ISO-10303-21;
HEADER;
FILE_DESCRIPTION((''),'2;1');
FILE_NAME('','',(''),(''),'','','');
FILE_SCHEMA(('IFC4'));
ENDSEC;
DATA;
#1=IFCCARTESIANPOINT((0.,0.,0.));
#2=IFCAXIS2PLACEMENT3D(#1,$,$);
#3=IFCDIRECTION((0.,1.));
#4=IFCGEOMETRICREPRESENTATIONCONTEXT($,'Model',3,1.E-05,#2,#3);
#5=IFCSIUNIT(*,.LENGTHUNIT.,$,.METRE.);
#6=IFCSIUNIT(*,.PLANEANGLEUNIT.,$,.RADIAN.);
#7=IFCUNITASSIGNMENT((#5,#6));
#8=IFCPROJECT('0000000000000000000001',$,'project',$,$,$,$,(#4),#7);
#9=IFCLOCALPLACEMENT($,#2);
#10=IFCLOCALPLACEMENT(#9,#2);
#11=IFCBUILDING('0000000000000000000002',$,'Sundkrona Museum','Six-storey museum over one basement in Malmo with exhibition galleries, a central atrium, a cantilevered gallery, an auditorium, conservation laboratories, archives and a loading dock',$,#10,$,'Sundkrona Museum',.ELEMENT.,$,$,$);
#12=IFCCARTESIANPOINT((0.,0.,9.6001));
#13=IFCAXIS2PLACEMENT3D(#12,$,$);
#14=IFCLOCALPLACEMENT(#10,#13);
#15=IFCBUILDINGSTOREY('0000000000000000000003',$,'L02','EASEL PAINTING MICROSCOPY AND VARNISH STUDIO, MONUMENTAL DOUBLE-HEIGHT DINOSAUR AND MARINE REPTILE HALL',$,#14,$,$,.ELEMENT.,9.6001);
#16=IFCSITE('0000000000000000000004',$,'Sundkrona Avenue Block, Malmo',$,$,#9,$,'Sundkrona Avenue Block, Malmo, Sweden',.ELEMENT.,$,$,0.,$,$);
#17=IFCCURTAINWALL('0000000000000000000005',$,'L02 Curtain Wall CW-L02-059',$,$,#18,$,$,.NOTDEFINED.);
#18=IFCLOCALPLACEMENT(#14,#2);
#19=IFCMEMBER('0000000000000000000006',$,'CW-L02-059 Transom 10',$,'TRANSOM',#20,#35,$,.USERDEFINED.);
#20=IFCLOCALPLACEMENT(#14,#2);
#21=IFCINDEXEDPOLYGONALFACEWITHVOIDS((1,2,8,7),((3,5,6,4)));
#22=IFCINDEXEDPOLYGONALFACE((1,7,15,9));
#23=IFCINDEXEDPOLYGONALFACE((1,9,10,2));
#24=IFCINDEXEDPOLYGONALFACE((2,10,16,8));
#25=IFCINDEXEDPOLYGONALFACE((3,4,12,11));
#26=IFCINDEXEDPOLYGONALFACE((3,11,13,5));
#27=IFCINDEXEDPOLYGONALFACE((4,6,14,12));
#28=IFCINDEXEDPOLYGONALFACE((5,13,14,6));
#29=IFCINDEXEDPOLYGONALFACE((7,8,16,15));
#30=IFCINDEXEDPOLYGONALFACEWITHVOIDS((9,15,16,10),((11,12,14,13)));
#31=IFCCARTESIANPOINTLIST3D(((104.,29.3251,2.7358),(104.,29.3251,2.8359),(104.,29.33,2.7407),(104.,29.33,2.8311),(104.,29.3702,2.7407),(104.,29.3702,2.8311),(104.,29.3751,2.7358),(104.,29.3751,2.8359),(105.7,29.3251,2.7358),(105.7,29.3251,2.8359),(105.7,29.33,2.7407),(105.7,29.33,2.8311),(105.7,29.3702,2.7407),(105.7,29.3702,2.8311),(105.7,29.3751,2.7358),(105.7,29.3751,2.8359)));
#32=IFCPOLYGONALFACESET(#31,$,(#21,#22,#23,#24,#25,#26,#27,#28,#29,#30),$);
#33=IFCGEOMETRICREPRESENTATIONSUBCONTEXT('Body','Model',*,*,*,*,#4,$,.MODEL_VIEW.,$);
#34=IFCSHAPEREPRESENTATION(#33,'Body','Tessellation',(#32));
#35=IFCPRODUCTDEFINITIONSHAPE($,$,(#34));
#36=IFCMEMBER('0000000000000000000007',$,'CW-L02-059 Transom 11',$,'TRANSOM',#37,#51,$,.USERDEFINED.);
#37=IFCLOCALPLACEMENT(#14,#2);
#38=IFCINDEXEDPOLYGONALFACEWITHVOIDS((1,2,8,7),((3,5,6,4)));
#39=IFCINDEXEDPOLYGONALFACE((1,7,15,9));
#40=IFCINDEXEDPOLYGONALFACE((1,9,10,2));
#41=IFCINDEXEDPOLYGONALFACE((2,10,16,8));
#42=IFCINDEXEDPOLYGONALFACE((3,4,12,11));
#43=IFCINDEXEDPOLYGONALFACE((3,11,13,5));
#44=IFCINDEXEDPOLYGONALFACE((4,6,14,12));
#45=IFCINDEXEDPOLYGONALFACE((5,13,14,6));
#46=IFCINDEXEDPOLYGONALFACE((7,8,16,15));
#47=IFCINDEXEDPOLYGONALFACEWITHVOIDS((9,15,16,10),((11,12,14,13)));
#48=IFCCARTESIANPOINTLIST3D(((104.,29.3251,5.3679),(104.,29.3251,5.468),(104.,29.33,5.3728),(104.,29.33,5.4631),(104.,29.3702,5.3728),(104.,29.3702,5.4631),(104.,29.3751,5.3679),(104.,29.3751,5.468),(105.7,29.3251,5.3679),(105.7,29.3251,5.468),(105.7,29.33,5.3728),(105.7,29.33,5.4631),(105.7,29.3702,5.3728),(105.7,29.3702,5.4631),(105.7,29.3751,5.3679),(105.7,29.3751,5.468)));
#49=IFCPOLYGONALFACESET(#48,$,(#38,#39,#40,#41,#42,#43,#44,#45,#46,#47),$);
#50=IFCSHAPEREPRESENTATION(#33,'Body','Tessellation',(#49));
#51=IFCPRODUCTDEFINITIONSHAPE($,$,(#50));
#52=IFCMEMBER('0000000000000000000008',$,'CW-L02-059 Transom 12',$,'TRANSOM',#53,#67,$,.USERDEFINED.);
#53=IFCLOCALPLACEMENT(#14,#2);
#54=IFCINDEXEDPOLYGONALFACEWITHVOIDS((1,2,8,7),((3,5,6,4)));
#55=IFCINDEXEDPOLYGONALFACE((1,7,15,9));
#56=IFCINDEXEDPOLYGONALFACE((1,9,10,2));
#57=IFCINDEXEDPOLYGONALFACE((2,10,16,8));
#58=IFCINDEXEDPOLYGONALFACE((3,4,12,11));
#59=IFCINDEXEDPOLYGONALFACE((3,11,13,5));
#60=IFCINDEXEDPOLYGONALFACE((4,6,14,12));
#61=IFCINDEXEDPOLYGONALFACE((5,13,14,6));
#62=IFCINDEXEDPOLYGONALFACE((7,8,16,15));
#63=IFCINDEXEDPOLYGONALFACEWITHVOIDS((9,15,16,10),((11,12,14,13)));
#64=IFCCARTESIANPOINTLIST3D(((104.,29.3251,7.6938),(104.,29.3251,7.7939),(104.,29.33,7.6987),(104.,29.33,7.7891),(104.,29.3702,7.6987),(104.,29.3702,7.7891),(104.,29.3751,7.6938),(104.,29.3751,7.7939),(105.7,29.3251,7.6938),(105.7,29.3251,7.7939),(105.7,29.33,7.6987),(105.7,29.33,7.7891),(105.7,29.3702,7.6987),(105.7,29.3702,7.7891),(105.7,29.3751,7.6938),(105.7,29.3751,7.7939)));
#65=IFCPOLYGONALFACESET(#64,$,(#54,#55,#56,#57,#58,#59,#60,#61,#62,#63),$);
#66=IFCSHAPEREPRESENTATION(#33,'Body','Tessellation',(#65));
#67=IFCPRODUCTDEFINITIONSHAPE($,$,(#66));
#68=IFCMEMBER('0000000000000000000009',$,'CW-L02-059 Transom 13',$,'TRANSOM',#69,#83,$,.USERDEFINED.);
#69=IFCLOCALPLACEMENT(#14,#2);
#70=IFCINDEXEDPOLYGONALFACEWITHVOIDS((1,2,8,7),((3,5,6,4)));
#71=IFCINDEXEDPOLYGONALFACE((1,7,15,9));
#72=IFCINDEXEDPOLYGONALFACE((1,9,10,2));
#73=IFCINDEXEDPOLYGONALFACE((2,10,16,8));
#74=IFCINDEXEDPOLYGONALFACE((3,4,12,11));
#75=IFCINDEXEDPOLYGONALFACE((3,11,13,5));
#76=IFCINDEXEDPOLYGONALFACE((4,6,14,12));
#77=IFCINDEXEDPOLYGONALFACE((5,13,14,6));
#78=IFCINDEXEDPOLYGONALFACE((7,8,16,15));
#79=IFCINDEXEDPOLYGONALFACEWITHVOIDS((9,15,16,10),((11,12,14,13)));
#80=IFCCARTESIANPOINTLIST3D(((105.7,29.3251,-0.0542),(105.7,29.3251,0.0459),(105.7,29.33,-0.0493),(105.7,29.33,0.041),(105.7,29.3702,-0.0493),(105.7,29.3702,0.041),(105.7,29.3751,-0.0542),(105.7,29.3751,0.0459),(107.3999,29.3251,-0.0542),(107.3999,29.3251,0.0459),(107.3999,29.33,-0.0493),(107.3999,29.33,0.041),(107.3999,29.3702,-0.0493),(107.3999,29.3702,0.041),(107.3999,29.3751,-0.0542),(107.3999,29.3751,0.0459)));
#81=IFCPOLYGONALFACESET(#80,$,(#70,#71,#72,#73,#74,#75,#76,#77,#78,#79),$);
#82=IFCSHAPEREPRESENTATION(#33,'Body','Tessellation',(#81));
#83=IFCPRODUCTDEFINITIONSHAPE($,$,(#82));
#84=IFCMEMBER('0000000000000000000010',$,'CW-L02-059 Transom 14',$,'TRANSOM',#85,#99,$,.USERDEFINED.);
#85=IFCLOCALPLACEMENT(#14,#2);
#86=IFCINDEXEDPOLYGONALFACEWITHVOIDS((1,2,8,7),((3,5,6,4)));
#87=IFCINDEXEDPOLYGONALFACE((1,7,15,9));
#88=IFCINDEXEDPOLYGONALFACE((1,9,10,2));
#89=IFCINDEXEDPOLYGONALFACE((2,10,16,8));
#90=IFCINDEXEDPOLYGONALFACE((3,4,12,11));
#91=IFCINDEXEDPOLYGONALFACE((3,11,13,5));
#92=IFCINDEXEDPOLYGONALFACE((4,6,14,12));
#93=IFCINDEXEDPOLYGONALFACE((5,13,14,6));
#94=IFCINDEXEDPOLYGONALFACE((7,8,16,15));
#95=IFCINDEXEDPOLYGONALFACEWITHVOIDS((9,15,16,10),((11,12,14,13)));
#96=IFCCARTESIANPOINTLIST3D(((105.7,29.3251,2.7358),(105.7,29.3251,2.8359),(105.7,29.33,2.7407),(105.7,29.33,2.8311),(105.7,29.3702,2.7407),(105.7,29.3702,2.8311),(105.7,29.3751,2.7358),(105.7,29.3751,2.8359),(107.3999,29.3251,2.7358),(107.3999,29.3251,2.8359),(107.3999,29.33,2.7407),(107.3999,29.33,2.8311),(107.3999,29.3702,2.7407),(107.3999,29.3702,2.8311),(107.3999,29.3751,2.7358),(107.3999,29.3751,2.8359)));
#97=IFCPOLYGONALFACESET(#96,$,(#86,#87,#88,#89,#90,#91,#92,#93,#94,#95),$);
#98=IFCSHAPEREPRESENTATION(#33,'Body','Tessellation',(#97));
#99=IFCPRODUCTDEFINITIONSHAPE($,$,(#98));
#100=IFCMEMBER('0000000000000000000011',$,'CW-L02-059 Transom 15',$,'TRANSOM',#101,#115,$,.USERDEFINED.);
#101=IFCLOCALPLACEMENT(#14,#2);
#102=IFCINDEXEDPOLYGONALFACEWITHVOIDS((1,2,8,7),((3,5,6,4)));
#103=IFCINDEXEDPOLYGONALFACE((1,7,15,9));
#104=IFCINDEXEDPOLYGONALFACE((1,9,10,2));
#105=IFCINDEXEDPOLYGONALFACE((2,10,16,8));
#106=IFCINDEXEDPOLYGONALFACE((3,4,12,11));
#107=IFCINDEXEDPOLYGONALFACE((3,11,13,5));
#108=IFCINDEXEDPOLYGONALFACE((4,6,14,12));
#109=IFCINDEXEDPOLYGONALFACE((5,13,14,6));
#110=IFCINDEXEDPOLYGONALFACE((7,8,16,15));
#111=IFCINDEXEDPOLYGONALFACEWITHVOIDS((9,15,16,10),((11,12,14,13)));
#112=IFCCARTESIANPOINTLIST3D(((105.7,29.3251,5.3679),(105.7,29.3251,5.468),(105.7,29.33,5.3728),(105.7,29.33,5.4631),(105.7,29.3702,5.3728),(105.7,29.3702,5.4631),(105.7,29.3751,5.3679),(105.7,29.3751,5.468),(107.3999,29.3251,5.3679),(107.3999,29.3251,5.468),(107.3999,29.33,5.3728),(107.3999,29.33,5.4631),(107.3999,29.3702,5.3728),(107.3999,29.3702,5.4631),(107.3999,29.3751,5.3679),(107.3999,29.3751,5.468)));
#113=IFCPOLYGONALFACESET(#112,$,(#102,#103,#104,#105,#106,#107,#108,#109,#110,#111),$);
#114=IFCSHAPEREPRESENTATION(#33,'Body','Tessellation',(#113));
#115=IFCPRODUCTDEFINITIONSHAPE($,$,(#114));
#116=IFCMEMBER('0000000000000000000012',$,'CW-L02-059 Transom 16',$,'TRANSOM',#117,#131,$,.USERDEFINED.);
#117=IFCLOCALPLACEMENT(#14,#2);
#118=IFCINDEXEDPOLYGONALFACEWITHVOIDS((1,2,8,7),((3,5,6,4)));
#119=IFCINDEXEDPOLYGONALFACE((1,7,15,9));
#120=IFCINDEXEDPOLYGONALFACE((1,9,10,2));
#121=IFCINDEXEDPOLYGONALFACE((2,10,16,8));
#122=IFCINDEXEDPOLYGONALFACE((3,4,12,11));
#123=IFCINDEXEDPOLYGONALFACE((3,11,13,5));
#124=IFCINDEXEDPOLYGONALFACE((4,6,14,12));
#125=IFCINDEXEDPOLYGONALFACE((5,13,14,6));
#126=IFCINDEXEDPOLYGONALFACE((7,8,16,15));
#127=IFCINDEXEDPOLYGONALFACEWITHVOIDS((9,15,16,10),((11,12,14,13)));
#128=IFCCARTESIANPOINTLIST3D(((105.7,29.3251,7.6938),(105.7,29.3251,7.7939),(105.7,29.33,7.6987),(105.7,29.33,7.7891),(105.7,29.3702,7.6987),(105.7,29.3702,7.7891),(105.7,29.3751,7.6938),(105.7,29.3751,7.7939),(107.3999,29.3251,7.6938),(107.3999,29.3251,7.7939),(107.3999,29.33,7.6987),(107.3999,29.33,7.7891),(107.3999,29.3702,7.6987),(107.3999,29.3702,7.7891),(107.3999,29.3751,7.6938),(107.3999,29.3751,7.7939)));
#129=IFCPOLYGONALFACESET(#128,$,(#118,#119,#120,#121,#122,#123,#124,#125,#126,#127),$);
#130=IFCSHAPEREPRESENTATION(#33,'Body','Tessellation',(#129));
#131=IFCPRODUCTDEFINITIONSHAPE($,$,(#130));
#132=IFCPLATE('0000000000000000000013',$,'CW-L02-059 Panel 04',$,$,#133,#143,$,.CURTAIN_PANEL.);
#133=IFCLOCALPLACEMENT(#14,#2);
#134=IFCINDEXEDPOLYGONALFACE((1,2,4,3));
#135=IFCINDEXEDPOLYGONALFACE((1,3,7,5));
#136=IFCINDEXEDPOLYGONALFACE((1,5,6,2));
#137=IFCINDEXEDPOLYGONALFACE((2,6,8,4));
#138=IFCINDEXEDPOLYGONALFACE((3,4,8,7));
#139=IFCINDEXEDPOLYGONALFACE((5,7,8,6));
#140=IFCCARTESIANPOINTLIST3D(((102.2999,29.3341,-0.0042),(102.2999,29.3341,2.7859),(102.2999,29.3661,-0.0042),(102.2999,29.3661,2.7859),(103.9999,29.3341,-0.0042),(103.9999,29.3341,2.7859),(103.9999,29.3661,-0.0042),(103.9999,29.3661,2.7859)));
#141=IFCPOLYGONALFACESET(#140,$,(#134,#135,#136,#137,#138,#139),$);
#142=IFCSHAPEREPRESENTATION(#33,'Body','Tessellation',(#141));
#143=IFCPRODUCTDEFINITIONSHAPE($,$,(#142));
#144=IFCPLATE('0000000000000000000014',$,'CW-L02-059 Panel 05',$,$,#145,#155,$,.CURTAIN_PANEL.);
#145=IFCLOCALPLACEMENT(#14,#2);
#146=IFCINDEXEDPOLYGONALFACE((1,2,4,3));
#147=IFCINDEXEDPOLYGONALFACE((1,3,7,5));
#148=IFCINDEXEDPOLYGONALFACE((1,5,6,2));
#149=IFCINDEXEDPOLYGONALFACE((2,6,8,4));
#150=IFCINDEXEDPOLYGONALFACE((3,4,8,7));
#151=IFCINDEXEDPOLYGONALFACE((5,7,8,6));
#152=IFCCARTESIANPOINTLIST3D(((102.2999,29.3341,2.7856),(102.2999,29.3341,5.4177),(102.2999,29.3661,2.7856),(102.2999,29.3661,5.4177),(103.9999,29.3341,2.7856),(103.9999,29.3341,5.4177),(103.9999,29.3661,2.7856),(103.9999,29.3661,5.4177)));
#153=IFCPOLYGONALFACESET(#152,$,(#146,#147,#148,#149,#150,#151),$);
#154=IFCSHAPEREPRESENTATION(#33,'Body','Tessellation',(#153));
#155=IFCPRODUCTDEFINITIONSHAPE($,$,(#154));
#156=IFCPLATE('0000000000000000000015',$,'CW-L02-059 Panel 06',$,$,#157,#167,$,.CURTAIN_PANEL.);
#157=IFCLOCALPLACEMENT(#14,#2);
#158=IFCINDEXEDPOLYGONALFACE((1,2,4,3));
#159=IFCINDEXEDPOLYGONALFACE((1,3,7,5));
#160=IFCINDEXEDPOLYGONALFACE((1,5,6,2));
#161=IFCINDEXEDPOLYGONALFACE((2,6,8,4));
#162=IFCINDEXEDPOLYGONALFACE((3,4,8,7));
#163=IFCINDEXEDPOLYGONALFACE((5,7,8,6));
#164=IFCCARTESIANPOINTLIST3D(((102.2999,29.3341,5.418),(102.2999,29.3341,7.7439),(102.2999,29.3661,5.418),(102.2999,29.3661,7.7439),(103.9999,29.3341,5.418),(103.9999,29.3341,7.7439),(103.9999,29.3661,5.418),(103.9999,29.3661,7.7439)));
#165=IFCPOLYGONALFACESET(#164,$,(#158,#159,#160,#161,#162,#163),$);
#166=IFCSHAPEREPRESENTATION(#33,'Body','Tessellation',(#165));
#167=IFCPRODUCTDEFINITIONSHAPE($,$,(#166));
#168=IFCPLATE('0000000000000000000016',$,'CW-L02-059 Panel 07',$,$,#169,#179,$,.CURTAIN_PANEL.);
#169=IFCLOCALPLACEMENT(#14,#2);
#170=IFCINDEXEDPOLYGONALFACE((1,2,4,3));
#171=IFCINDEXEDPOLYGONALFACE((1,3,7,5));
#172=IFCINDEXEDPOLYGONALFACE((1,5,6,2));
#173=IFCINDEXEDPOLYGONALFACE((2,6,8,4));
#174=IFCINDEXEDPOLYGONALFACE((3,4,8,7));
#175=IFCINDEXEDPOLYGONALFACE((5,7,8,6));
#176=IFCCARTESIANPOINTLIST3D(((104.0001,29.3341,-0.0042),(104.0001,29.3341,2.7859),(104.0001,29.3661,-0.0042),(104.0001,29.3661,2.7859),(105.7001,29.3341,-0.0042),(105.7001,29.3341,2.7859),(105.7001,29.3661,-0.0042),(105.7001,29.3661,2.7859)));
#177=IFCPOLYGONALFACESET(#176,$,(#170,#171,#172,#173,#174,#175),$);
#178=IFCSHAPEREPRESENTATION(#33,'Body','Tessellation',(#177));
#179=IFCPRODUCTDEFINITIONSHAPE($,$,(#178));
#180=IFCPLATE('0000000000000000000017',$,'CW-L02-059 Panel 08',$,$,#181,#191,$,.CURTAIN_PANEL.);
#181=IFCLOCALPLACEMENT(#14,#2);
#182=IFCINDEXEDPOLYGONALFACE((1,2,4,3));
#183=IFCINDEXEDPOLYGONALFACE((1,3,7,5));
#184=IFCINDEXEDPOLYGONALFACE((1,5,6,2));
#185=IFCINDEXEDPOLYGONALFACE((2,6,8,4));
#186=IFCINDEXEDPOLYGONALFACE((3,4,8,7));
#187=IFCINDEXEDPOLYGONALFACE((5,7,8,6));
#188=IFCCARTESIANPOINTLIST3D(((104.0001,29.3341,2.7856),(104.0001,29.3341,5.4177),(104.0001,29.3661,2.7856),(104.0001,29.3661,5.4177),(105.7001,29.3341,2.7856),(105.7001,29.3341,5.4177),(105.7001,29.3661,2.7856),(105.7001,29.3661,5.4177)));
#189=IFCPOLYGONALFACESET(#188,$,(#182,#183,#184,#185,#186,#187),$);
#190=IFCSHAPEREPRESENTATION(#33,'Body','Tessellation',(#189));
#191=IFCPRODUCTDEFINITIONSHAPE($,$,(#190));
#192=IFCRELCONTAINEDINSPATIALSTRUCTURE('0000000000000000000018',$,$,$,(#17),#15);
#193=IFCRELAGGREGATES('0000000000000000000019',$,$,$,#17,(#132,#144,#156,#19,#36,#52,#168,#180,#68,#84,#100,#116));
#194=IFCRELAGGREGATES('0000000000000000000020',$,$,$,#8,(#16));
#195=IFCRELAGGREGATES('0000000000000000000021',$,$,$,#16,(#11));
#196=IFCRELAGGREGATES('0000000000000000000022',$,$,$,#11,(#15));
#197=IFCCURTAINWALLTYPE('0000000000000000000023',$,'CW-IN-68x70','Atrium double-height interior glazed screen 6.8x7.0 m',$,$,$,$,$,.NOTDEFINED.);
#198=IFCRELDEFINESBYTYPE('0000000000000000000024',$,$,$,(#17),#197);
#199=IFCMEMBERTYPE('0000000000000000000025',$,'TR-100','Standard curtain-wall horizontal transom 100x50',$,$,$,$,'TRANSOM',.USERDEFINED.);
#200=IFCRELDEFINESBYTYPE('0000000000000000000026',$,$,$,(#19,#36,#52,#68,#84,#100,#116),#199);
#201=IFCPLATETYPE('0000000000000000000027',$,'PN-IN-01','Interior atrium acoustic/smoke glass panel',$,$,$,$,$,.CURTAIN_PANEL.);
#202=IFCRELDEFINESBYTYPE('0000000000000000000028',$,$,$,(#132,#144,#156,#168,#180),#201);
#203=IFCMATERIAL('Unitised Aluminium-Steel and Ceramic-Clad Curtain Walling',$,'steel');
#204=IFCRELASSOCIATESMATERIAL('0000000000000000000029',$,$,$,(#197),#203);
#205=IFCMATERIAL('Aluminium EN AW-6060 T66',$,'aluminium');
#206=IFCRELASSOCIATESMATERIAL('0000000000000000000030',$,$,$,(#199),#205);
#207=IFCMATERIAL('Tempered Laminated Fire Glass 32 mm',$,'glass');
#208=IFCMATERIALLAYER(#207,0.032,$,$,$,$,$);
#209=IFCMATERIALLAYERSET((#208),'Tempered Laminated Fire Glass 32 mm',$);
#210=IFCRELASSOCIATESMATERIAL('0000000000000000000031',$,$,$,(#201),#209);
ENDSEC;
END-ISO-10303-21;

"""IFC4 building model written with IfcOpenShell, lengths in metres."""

from ifc_helpers import new_model, si_unit, direction, frame, origin, origin_2d, place, context, subcontext, project, spatial, rectangle, hollow_rectangle, extrude, material, layer, layer_set, material_profile, profile_set, type_object, element, aggregate, save


model = new_model("IFC4")

# Units and contexts
model_context = context("Model", 3, precision=1e-05, world=origin(), true_north=direction((0.0, 1.0)))
body_context = subcontext(model_context, "Body", "Model", "MODEL_VIEW")
ifc_project = project(units=[si_unit("LENGTHUNIT", "METRE"), si_unit("PLANEANGLEUNIT", "RADIAN")], contexts=[model_context])

# Site, building, storey
site_placement = place(None, origin())
site = spatial("IfcSite", under=ifc_project, at=site_placement, Name="Sundkrona Avenue Block, Malmo", LongName="Sundkrona Avenue Block, Malmo, Sweden", CompositionType="ELEMENT", RefElevation=0.0)
building_placement = place(site_placement, origin())
building = spatial("IfcBuilding", under=site, at=building_placement, Name="Sundkrona Museum", Description="Six-storey museum over one basement in Malmo with exhibition galleries, a central atrium, a cantilevered gallery, an auditorium, conservation laboratories, archives and a loading dock", LongName="Sundkrona Museum", CompositionType="ELEMENT")
storey_placement = place(building_placement, frame((0.0, 0.0, 9.6001)))
storey = spatial("IfcBuildingStorey", under=building, at=storey_placement, Name="L02", Description="EASEL PAINTING MICROSCOPY AND VARNISH STUDIO, MONUMENTAL DOUBLE-HEIGHT DINOSAUR AND MARINE REPTILE HALL", CompositionType="ELEMENT", Elevation=9.6001)

# Curtain wall, members, plates
ifc_material_1 = material(Name="Unitised Aluminium-Steel and Ceramic-Clad Curtain Walling", Category="steel")
curtain_wall_type = type_object("IfcCurtainWallType", Name="CW-IN-68x70", Description="Atrium double-height interior glazed screen 6.8x7.0 m", PredefinedType="NOTDEFINED", material=ifc_material_1)
curtain_wall_placement = place(storey_placement, origin())
curtain_wall = element("IfcCurtainWall", 1, at=curtain_wall_placement, inside=storey, type_object=curtain_wall_type, Name="L02 Curtain Wall CW-L02-059", PredefinedType="NOTDEFINED")
ifc_material_2 = material(Name="Aluminium EN AW-6060 T66", Category="aluminium")
ifc_material_profile_1 = material_profile(ifc_material_2, hollow_rectangle(XDim=0.05, YDim=0.1001, WallThickness=0.0049, at=origin_2d()), Name="RHS 100x50x5.0")
ifc_profile_set_1 = profile_set([ifc_material_profile_1], Name="Aluminium EN AW-6060 T66")
member_type_1 = type_object("IfcMemberType", Name="TR-100", Description="Standard curtain-wall horizontal transom 100x50", ElementType="TRANSOM", PredefinedType="USERDEFINED", material=ifc_profile_set_1)
member_1_placement = place(storey_placement, frame((104.0, 29.3501, 2.7859), z_axis=(1.0, 0.0, 0.0), x_axis=(0.0, 1.0, 0.0)))
member_1 = element("IfcMember", 2, at=member_1_placement, type_object=member_type_1, Name="CW-L02-059 Transom 10", ObjectType="TRANSOM", PredefinedType="USERDEFINED", context=body_context, shape_type="SweptSolid", body=[
    extrude(hollow_rectangle(XDim=0.05, YDim=0.1001, WallThickness=0.0049, at=origin_2d()), origin(), (0.0, 0.0, 1.0), 1.7),
])
member_2_placement = place(storey_placement, frame((104.0, 29.3501, 5.418), z_axis=(1.0, 0.0, 0.0), x_axis=(0.0, 1.0, 0.0)))
member_2 = element("IfcMember", 3, at=member_2_placement, type_object=member_type_1, Name="CW-L02-059 Transom 11", ObjectType="TRANSOM", PredefinedType="USERDEFINED", context=body_context, shape_type="SweptSolid", body=[
    extrude(hollow_rectangle(XDim=0.05, YDim=0.1001, WallThickness=0.0049, at=origin_2d()), origin(), (0.0, 0.0, 1.0), 1.7),
])
member_3_placement = place(storey_placement, frame((104.0, 29.3501, 7.7439), z_axis=(1.0, 0.0, 0.0), x_axis=(0.0, 1.0, 0.0)))
member_3 = element("IfcMember", 4, at=member_3_placement, type_object=member_type_1, Name="CW-L02-059 Transom 12", ObjectType="TRANSOM", PredefinedType="USERDEFINED", context=body_context, shape_type="SweptSolid", body=[
    extrude(hollow_rectangle(XDim=0.05, YDim=0.1001, WallThickness=0.0049, at=origin_2d()), origin(), (0.0, 0.0, 1.0), 1.7),
])
member_4_placement = place(storey_placement, frame((105.7, 29.3501, -0.0042), z_axis=(1.0, 0.0, 0.0), x_axis=(0.0, 1.0, 0.0)))
member_4 = element("IfcMember", 5, at=member_4_placement, type_object=member_type_1, Name="CW-L02-059 Transom 13", ObjectType="TRANSOM", PredefinedType="USERDEFINED", context=body_context, shape_type="SweptSolid", body=[
    extrude(hollow_rectangle(XDim=0.05, YDim=0.1001, WallThickness=0.0049, at=origin_2d()), origin(), (0.0, 0.0, 1.0), 1.7),
])
member_5_placement = place(storey_placement, frame((105.7, 29.3501, 2.7859), z_axis=(1.0, 0.0, 0.0), x_axis=(0.0, 1.0, 0.0)))
member_5 = element("IfcMember", 6, at=member_5_placement, type_object=member_type_1, Name="CW-L02-059 Transom 14", ObjectType="TRANSOM", PredefinedType="USERDEFINED", context=body_context, shape_type="SweptSolid", body=[
    extrude(hollow_rectangle(XDim=0.05, YDim=0.1001, WallThickness=0.0049, at=origin_2d()), origin(), (0.0, 0.0, 1.0), 1.7),
])
member_6_placement = place(storey_placement, frame((105.7, 29.3501, 5.418), z_axis=(1.0, 0.0, 0.0), x_axis=(0.0, 1.0, 0.0)))
member_6 = element("IfcMember", 7, at=member_6_placement, type_object=member_type_1, Name="CW-L02-059 Transom 15", ObjectType="TRANSOM", PredefinedType="USERDEFINED", context=body_context, shape_type="SweptSolid", body=[
    extrude(hollow_rectangle(XDim=0.05, YDim=0.1001, WallThickness=0.0049, at=origin_2d()), origin(), (0.0, 0.0, 1.0), 1.7),
])
member_7_placement = place(storey_placement, frame((105.7, 29.3501, 7.7439), z_axis=(1.0, 0.0, 0.0), x_axis=(0.0, 1.0, 0.0)))
member_7 = element("IfcMember", 8, at=member_7_placement, type_object=member_type_1, Name="CW-L02-059 Transom 16", ObjectType="TRANSOM", PredefinedType="USERDEFINED", context=body_context, shape_type="SweptSolid", body=[
    extrude(hollow_rectangle(XDim=0.05, YDim=0.1001, WallThickness=0.0049, at=origin_2d()), origin(), (0.0, 0.0, 1.0), 1.7),
])
ifc_material_3 = material(Name="Tempered Laminated Fire Glass 32 mm", Category="glass")
ifc_layer = layer(ifc_material_3, 0.032)
ifc_layer_set = layer_set([ifc_layer], Name="Tempered Laminated Fire Glass 32 mm")
plate_type = type_object("IfcPlateType", Name="PN-IN-01", Description="Interior atrium acoustic/smoke glass panel", PredefinedType="CURTAIN_PANEL", material=ifc_layer_set)
plate_1_placement = place(storey_placement, frame((103.1499, 29.3501, -0.0042), z_axis=(0.0, 0.0, 1.0), x_axis=(1.0, 0.0, 0.0)))
plate_1 = element("IfcPlate", 9, at=plate_1_placement, type_object=plate_type, Name="CW-L02-059 Panel 04", PredefinedType="CURTAIN_PANEL", context=body_context, shape_type="SweptSolid", body=[
    extrude(rectangle(XDim=1.7, YDim=0.032, at=origin_2d()), origin(), (0.0, 0.0, 1.0), 2.79),
])
plate_2_placement = place(storey_placement, frame((103.1499, 29.3501, 2.7856), z_axis=(0.0, 0.0, 1.0), x_axis=(1.0, 0.0, 0.0)))
plate_2 = element("IfcPlate", 10, at=plate_2_placement, type_object=plate_type, Name="CW-L02-059 Panel 05", PredefinedType="CURTAIN_PANEL", context=body_context, shape_type="SweptSolid", body=[
    extrude(rectangle(XDim=1.7, YDim=0.032, at=origin_2d()), origin(), (0.0, 0.0, 1.0), 2.6321),
])
plate_3_placement = place(storey_placement, frame((103.1499, 29.3501, 5.418), z_axis=(0.0, 0.0, 1.0), x_axis=(1.0, 0.0, 0.0)))
plate_3 = element("IfcPlate", 11, at=plate_3_placement, type_object=plate_type, Name="CW-L02-059 Panel 06", PredefinedType="CURTAIN_PANEL", context=body_context, shape_type="SweptSolid", body=[
    extrude(rectangle(XDim=1.7, YDim=0.032, at=origin_2d()), origin(), (0.0, 0.0, 1.0), 2.3259),
])
plate_4_placement = place(storey_placement, frame((104.8501, 29.3501, -0.0042), z_axis=(0.0, 0.0, 1.0), x_axis=(1.0, 0.0, 0.0)))
plate_4 = element("IfcPlate", 12, at=plate_4_placement, type_object=plate_type, Name="CW-L02-059 Panel 07", PredefinedType="CURTAIN_PANEL", context=body_context, shape_type="SweptSolid", body=[
    extrude(rectangle(XDim=1.7, YDim=0.032, at=origin_2d()), origin(), (0.0, 0.0, 1.0), 2.79),
])
plate_5_placement = place(storey_placement, frame((104.8501, 29.3501, 2.7856), z_axis=(0.0, 0.0, 1.0), x_axis=(1.0, 0.0, 0.0)))
plate_5 = element("IfcPlate", 13, at=plate_5_placement, type_object=plate_type, Name="CW-L02-059 Panel 08", PredefinedType="CURTAIN_PANEL", context=body_context, shape_type="SweptSolid", body=[
    extrude(rectangle(XDim=1.7, YDim=0.032, at=origin_2d()), origin(), (0.0, 0.0, 1.0), 2.6321),
])
aggregate(curtain_wall, [plate_1, plate_2, plate_3, member_1, member_2, member_3, plate_4, plate_5, member_4, member_5, member_6, member_7])

save(model, "model.ifc")
